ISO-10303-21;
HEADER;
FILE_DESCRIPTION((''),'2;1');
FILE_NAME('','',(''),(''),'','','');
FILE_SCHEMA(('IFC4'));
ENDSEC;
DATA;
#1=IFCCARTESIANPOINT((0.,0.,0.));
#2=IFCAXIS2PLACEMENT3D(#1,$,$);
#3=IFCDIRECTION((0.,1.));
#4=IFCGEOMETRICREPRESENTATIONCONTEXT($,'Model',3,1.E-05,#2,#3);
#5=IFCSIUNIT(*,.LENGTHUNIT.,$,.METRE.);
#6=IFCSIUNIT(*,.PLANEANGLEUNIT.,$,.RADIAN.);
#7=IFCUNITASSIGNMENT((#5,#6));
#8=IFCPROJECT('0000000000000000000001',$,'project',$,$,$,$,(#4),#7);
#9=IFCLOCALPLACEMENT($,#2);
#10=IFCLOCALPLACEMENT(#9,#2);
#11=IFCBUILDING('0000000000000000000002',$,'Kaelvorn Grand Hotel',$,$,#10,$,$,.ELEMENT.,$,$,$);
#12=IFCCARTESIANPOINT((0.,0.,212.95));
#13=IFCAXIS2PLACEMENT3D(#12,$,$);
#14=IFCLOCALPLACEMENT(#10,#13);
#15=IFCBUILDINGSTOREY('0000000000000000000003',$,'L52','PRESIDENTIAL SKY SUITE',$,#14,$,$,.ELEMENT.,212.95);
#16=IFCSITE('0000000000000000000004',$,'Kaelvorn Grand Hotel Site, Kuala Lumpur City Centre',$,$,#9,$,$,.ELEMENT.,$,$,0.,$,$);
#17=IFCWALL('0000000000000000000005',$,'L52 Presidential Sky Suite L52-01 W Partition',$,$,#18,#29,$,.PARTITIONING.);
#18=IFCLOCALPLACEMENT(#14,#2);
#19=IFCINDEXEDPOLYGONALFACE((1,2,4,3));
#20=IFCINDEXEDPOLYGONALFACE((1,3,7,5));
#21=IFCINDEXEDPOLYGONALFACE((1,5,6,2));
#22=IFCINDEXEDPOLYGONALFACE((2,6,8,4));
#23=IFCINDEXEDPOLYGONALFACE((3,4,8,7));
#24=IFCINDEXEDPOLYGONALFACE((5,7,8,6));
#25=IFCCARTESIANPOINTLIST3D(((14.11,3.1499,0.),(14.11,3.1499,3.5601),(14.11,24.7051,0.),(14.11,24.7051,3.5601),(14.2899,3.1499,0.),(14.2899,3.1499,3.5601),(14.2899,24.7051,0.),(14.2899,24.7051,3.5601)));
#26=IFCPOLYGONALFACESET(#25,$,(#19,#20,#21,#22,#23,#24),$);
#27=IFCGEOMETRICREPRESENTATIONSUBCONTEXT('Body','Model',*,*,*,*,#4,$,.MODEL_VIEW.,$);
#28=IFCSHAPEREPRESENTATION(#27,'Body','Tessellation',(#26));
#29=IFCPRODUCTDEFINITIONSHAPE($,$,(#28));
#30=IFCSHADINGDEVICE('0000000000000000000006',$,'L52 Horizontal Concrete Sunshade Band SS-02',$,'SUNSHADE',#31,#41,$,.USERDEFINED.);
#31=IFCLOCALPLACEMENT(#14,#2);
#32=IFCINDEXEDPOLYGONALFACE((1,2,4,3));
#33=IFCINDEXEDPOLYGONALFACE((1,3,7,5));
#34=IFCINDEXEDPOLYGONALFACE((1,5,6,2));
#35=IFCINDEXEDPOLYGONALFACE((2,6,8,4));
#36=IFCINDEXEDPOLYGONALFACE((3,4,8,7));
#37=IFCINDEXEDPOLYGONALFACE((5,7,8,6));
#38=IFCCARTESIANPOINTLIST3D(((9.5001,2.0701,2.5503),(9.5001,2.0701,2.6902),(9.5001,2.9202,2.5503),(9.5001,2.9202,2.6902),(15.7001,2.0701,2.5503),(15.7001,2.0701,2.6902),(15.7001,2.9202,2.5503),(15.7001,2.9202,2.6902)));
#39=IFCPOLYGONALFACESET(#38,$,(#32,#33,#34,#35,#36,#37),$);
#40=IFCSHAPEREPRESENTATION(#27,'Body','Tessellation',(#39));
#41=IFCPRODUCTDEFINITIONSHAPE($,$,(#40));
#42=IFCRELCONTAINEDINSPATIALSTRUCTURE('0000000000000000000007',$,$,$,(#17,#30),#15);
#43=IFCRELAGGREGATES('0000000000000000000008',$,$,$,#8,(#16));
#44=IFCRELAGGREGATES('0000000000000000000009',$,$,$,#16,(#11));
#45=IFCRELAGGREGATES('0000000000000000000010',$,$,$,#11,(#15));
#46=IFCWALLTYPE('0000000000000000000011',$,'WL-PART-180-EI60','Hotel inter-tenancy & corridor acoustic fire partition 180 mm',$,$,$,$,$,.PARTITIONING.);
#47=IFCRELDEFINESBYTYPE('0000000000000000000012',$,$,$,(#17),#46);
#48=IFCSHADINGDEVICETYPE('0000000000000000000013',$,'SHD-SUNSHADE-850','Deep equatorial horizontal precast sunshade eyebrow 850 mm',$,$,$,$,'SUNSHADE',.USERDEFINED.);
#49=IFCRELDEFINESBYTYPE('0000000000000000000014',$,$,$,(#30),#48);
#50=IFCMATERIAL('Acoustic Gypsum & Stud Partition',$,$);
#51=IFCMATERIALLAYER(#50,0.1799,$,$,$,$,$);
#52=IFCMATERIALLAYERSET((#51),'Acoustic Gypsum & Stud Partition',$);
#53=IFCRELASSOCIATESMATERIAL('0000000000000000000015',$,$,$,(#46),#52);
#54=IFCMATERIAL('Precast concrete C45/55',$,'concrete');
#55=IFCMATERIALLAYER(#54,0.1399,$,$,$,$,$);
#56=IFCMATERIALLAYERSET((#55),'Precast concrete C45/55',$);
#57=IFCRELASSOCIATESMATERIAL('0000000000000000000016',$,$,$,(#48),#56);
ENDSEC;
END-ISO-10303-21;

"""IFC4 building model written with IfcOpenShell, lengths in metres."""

from ifc_helpers import new_model, si_unit, direction, frame, frame_2d, origin, origin_2d, place, context, subcontext, project, spatial, rectangle, extrude, material, layer, layer_set, type_object, element, save


model = new_model("IFC4")

# Units and contexts
model_context = context("Model", 3, precision=1e-05, world=origin(), true_north=direction((0.0, 1.0)))
body_context = subcontext(model_context, "Body", "Model", "MODEL_VIEW")
ifc_project = project(units=[si_unit("LENGTHUNIT", "METRE"), si_unit("PLANEANGLEUNIT", "RADIAN")], contexts=[model_context])

# Site, building, storey
site_placement = place(None, origin())
site = spatial("IfcSite", under=ifc_project, at=site_placement, Name="Kaelvorn Grand Hotel Site, Kuala Lumpur City Centre", CompositionType="ELEMENT", RefElevation=0.0)
building_placement = place(site_placement, origin())
building = spatial("IfcBuilding", under=site, at=building_placement, Name="Kaelvorn Grand Hotel", CompositionType="ELEMENT")
storey_placement = place(building_placement, frame((0.0, 0.0, 212.95)))
storey = spatial("IfcBuildingStorey", under=building, at=storey_placement, Name="L52", Description="PRESIDENTIAL SKY SUITE", CompositionType="ELEMENT", Elevation=212.95)

# Wall
ifc_material_1 = material(Name="Acoustic Gypsum & Stud Partition")
ifc_layer_1 = layer(ifc_material_1, 0.1799)
ifc_layer_set_1 = layer_set([ifc_layer_1], Name="Acoustic Gypsum & Stud Partition")
wall_type_1 = type_object("IfcWallType", Name="WL-PART-180-EI60", Description="Hotel inter-tenancy & corridor acoustic fire partition 180 mm", PredefinedType="PARTITIONING", material=ifc_layer_set_1)
wall_1_placement = place(storey_placement, frame((14.2, 3.1499, 0.0), z_axis=(0.0, 0.0, 1.0), x_axis=(0.0, 1.0, 0.0)))
element("IfcWall", 1, at=wall_1_placement, inside=storey, type_object=wall_type_1, Name="L52 Presidential Sky Suite L52-01 W Partition", PredefinedType="PARTITIONING", context=body_context, shape_type="SweptSolid", body=[
    extrude(rectangle(XDim=21.5552, YDim=0.1799, at=frame_2d((10.7776, 0.0))), origin(), (0.0, 0.0, 1.0), 3.5601),
])

# Shading device
ifc_material_2 = material(Name="Precast concrete C45/55", Category="concrete")
ifc_layer_2 = layer(ifc_material_2, 0.1399)
ifc_layer_set_2 = layer_set([ifc_layer_2], Name="Precast concrete C45/55")
shading_device_type = type_object("IfcShadingDeviceType", Name="SHD-SUNSHADE-850", Description="Deep equatorial horizontal precast sunshade eyebrow 850 mm", ElementType="SUNSHADE", PredefinedType="USERDEFINED", material=ifc_layer_set_2)
shading_device_placement = place(storey_placement, frame((12.6001, 2.4951, 2.5503), z_axis=(0.0, 0.0, 1.0), x_axis=(1.0, 0.0, 0.0)))
element("IfcShadingDevice", 2, at=shading_device_placement, inside=storey, type_object=shading_device_type, Name="L52 Horizontal Concrete Sunshade Band SS-02", ObjectType="SUNSHADE", PredefinedType="USERDEFINED", context=body_context, shape_type="SweptSolid", body=[
    extrude(rectangle(XDim=6.2, YDim=0.8501, at=origin_2d()), origin(), (0.0, 0.0, 1.0), 0.1399),
])

save(model, "model.ifc")
